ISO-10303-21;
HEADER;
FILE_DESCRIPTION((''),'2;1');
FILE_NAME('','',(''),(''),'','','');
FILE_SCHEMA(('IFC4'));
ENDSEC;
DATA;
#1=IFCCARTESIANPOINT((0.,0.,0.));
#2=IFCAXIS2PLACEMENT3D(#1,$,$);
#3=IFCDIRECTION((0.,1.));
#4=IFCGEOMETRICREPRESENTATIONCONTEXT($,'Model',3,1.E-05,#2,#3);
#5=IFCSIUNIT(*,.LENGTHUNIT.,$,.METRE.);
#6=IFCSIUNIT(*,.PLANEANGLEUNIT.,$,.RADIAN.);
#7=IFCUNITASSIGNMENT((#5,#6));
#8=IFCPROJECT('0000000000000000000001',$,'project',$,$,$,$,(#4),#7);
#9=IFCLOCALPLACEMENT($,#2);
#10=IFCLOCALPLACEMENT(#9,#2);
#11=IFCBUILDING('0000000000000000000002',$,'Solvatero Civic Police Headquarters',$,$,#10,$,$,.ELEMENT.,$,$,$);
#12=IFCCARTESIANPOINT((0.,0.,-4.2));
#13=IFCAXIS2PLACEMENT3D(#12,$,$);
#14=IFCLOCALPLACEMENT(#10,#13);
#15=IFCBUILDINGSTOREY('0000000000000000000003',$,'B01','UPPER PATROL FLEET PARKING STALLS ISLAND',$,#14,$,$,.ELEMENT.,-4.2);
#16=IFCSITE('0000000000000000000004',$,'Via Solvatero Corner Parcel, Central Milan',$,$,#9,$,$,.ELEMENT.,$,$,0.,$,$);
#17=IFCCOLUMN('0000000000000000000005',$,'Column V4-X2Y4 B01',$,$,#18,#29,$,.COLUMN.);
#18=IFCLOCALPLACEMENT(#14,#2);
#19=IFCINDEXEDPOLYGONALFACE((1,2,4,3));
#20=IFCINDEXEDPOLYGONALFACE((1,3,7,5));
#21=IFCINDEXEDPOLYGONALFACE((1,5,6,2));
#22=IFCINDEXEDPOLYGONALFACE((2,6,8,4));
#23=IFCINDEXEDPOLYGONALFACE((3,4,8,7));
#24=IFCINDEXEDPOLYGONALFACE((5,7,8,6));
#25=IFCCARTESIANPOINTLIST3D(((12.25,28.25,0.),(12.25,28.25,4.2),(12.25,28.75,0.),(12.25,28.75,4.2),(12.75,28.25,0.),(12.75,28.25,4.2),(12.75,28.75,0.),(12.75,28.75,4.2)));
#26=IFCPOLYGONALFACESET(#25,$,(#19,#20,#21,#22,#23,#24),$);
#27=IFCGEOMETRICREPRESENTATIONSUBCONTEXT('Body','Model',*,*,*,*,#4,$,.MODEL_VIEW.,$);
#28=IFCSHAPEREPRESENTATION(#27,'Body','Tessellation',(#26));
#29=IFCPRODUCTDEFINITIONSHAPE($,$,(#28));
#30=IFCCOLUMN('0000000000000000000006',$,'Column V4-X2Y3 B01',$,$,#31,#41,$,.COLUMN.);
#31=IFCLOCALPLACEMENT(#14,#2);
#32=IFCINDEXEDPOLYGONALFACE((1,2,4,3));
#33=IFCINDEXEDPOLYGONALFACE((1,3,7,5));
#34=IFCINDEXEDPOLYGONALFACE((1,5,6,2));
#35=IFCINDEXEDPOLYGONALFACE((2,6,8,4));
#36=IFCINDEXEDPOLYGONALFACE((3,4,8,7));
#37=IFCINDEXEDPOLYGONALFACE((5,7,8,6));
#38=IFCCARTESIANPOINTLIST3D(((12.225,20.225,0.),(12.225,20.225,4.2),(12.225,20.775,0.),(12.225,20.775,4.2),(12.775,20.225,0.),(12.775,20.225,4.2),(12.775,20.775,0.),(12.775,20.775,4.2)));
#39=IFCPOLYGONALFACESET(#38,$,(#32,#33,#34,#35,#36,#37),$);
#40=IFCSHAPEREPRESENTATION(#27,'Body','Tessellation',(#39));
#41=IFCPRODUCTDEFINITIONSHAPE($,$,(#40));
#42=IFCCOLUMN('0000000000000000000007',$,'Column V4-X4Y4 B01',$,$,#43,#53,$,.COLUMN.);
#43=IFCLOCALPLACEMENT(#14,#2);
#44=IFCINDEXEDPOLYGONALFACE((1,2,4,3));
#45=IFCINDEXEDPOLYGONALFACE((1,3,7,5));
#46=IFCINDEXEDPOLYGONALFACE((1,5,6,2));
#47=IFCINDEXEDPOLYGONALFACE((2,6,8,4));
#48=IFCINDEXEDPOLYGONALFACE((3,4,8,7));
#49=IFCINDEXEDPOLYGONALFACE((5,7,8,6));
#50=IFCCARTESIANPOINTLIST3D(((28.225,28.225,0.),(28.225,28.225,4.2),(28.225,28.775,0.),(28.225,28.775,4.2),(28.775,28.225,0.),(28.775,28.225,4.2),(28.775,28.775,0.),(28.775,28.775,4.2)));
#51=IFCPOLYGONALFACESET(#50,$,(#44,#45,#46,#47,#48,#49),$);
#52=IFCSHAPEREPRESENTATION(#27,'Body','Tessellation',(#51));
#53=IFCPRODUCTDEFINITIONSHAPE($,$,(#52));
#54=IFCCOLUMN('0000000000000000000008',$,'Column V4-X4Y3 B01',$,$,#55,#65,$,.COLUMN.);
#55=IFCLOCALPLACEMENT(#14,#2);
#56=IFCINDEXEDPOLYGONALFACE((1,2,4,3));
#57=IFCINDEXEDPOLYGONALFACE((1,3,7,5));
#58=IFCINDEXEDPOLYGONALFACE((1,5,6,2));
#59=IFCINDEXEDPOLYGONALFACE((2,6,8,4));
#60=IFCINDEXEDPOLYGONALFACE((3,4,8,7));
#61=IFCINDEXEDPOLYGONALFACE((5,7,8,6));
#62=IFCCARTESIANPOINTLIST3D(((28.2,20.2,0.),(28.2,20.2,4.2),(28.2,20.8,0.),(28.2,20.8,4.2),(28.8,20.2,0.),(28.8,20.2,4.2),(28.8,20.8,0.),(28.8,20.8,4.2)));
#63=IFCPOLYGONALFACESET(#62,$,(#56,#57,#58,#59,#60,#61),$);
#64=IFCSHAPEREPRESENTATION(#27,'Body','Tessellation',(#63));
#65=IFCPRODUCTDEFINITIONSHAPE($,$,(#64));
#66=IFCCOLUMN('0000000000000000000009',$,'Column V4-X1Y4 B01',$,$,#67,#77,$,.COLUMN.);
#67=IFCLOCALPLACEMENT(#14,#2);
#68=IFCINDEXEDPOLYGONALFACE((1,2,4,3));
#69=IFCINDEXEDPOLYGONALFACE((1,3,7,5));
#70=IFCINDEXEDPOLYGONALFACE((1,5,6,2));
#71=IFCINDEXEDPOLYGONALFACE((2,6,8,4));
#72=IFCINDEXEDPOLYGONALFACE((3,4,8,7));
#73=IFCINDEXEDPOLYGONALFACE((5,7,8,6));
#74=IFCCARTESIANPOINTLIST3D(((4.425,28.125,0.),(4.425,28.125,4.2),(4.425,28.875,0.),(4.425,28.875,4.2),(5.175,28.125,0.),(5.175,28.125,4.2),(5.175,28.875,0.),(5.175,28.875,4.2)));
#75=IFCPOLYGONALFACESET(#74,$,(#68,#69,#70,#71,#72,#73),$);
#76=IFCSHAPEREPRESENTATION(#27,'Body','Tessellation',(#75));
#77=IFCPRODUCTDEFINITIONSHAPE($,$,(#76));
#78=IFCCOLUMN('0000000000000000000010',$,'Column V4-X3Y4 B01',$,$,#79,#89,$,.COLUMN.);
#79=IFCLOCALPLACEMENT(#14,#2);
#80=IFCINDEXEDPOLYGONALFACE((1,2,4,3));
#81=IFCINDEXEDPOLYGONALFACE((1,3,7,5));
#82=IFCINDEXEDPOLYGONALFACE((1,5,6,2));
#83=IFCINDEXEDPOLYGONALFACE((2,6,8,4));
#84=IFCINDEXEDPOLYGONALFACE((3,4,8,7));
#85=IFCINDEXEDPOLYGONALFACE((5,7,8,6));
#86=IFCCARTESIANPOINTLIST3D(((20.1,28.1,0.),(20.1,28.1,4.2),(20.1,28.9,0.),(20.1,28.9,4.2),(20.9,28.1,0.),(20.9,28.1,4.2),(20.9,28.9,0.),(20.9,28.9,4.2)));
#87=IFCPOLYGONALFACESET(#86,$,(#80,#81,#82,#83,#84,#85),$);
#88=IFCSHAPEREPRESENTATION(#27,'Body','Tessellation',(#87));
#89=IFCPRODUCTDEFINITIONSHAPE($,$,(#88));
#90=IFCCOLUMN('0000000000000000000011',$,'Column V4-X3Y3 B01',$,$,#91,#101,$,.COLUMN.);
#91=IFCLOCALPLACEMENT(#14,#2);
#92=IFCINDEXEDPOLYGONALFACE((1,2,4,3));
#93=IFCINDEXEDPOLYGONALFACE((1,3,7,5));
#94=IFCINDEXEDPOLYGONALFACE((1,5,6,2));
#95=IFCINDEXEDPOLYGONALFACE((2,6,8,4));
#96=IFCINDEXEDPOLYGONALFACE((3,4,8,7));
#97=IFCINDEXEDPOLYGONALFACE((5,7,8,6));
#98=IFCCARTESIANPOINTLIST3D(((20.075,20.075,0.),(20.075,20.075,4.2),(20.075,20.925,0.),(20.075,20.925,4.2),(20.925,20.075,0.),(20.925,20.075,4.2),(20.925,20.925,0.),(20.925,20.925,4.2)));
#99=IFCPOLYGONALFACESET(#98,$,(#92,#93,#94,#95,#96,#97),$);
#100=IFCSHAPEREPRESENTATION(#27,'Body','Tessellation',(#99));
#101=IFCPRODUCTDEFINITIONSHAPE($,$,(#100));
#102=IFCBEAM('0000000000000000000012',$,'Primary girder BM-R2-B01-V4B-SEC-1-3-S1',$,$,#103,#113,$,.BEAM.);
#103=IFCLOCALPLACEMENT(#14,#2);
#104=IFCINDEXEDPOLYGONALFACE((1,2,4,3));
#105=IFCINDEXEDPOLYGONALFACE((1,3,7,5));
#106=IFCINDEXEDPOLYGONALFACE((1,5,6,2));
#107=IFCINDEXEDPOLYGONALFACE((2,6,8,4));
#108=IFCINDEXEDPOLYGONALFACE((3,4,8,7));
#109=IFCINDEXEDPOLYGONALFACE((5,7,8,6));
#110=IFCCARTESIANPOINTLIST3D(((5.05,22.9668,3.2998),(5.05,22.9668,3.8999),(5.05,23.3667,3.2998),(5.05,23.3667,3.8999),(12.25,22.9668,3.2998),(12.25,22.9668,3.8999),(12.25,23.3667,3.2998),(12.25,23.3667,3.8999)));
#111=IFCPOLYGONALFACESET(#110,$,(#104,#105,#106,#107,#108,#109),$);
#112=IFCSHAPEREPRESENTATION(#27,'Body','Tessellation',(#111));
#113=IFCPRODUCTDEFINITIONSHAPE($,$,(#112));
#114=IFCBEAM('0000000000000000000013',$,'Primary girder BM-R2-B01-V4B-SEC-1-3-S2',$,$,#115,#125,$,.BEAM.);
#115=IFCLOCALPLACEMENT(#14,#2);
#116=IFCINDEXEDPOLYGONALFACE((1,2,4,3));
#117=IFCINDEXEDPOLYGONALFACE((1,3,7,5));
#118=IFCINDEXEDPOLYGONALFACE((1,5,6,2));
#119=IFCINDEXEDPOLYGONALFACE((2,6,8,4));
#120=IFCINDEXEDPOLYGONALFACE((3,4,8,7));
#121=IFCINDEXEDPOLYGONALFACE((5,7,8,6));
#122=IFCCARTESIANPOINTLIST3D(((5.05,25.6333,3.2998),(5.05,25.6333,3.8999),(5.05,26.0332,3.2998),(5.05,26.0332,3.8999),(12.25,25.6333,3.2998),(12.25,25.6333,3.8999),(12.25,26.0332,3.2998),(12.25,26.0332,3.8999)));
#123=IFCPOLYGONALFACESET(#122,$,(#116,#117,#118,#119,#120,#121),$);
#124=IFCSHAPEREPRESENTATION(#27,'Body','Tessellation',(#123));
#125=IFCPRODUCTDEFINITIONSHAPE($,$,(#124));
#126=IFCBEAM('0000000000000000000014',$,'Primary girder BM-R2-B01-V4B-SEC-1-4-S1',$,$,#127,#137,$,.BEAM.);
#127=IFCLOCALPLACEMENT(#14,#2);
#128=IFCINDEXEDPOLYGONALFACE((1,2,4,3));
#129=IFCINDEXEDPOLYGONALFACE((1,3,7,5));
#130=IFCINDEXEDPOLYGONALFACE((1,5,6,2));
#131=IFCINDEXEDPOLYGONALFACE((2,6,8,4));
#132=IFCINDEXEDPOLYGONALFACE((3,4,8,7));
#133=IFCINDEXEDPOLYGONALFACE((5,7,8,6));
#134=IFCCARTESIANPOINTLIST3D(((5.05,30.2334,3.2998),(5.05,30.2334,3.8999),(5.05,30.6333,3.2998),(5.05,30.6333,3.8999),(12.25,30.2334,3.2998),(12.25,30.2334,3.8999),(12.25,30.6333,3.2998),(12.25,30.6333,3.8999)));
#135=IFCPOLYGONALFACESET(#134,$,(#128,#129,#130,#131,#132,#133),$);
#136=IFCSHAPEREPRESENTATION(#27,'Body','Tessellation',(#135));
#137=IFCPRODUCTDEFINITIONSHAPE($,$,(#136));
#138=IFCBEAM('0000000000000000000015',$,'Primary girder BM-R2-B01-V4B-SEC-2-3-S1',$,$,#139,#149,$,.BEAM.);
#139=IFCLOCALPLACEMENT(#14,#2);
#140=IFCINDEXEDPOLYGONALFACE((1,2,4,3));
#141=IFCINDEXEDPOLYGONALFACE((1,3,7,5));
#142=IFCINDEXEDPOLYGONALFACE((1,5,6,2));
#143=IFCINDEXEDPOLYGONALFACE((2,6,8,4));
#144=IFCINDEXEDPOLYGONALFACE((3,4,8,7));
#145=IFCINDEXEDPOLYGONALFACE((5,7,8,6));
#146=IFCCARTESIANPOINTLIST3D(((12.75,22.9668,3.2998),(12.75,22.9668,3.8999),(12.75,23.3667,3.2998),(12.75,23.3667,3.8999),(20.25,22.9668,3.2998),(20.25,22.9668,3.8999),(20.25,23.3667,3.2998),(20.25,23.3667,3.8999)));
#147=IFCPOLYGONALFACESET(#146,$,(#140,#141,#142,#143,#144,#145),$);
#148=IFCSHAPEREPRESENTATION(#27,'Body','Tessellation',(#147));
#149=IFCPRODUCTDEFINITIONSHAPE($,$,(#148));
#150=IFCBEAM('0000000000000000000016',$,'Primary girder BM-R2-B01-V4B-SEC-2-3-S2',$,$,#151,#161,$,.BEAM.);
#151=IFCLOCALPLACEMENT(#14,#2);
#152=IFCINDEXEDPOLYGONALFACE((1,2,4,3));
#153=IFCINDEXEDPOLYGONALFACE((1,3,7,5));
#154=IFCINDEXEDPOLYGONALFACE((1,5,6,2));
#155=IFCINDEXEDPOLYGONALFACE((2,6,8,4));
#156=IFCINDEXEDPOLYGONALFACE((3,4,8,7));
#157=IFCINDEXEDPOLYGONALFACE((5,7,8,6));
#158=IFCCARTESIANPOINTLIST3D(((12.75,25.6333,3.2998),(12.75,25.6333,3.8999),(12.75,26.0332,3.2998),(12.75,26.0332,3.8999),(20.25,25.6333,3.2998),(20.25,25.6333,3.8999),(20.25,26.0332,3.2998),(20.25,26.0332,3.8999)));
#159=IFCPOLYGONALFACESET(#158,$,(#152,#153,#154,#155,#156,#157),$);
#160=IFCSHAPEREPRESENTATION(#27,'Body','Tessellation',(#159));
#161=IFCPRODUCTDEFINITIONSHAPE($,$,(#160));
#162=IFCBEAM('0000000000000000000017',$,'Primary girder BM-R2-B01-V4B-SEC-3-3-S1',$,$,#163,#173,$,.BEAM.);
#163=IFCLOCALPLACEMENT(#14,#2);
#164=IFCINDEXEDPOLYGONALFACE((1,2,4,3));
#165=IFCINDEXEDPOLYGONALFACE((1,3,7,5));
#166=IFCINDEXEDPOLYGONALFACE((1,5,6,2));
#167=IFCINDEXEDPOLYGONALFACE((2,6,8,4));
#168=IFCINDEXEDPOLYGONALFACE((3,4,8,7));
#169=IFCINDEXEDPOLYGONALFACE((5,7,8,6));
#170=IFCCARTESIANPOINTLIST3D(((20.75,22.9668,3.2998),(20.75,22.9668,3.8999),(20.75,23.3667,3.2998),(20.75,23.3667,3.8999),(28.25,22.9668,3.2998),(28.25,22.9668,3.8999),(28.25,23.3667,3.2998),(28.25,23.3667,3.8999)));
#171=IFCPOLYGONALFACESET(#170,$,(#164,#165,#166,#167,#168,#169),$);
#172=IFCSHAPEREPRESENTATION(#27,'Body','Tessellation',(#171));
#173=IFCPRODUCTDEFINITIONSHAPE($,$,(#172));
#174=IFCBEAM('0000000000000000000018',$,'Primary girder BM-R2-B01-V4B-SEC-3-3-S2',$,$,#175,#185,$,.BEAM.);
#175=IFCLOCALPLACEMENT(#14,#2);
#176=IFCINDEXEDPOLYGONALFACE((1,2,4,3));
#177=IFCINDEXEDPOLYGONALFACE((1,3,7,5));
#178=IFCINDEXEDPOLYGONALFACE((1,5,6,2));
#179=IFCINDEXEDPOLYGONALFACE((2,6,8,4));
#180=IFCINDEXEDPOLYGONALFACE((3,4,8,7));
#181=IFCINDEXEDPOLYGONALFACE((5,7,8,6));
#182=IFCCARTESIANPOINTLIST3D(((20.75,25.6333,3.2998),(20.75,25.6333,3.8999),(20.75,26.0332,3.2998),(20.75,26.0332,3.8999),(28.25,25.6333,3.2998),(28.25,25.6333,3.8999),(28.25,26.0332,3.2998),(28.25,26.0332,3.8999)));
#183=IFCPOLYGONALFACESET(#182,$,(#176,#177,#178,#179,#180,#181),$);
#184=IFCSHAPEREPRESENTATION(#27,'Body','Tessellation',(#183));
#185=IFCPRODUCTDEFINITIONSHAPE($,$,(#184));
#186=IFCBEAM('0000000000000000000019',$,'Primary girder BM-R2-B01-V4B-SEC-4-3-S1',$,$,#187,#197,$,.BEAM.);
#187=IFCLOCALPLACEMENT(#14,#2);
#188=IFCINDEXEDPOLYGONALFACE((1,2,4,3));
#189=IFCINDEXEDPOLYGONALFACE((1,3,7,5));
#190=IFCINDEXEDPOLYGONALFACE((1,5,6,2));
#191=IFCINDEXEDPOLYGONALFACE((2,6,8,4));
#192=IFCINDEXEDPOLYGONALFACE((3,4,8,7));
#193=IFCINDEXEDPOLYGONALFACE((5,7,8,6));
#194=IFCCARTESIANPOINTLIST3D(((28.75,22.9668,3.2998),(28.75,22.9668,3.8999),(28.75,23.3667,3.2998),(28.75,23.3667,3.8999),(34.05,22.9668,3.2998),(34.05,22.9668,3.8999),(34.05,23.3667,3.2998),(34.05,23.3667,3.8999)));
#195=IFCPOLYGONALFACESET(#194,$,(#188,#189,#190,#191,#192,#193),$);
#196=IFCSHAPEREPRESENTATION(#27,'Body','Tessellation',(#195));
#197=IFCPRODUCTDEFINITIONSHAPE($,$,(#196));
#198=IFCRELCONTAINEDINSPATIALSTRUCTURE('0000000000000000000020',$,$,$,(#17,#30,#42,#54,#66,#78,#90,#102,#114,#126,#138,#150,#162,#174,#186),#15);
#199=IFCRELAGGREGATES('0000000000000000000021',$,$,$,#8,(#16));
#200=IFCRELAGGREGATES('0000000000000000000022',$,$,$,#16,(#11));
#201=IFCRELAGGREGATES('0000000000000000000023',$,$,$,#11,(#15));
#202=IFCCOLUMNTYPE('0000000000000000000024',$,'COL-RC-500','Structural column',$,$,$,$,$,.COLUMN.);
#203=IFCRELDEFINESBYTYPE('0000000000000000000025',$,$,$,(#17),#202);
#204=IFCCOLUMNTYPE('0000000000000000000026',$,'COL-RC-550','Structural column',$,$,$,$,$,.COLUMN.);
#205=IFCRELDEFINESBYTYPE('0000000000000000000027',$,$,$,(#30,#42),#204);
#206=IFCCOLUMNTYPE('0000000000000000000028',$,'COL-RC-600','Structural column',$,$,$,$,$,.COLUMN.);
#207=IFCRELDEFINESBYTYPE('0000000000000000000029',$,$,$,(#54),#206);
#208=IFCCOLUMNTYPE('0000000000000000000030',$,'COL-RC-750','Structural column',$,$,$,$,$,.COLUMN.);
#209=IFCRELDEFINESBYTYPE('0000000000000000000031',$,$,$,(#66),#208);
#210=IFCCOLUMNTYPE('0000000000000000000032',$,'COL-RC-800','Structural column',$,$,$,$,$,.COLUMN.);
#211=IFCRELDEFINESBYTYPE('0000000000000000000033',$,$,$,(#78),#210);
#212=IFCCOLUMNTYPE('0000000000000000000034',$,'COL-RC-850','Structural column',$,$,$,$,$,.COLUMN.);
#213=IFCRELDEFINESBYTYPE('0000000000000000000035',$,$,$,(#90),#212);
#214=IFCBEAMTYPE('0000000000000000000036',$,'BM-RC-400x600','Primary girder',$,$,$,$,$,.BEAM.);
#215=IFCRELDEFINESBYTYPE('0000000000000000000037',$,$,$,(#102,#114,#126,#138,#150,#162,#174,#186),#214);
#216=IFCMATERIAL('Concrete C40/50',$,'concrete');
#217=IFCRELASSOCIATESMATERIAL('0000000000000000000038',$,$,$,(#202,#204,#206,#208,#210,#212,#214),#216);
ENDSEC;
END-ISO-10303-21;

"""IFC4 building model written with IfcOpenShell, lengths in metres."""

from ifc_helpers import new_model, si_unit, direction, frame, origin, origin_2d, place, context, subcontext, project, spatial, rectangle, extrude, material, material_profile, profile_set, type_object, element, save


model = new_model("IFC4")

# Units and contexts
model_context = context("Model", 3, precision=1e-05, world=origin(), true_north=direction((0.0, 1.0)))
body_context = subcontext(model_context, "Body", "Model", "MODEL_VIEW")
ifc_project = project(units=[si_unit("LENGTHUNIT", "METRE"), si_unit("PLANEANGLEUNIT", "RADIAN")], contexts=[model_context])

# Site, building, storey
site_placement = place(None, origin())
site = spatial("IfcSite", under=ifc_project, at=site_placement, Name="Via Solvatero Corner Parcel, Central Milan", CompositionType="ELEMENT", RefElevation=0.0)
building_placement = place(site_placement, origin())
building = spatial("IfcBuilding", under=site, at=building_placement, Name="Solvatero Civic Police Headquarters", CompositionType="ELEMENT")
storey_placement = place(building_placement, frame((0.0, 0.0, -4.2)))
storey = spatial("IfcBuildingStorey", under=building, at=storey_placement, Name="B01", Description="UPPER PATROL FLEET PARKING STALLS ISLAND", CompositionType="ELEMENT", Elevation=-4.2)

# Columns
ifc_material = material(Name="Concrete C40/50", Category="concrete")
ifc_material_profile_1 = material_profile(ifc_material, rectangle(XDim=0.5, YDim=0.5, at=origin_2d()), Name="RC 500x500")
ifc_profile_set_1 = profile_set([ifc_material_profile_1], Name="Concrete C40/50")
column_type_1 = type_object("IfcColumnType", Name="COL-RC-500", Description="Structural column", PredefinedType="COLUMN", material=ifc_profile_set_1)
column_1_placement = place(storey_placement, frame((12.5, 28.5, 0.0), z_axis=(0.0, 0.0, 1.0), x_axis=(1.0, 0.0, 0.0)))
element("IfcColumn", 1, at=column_1_placement, inside=storey, type_object=column_type_1, Name="Column V4-X2Y4 B01", PredefinedType="COLUMN", context=body_context, shape_type="SweptSolid", body=[
    extrude(rectangle(XDim=0.5, YDim=0.5, at=origin_2d()), origin(), (0.0, 0.0, 1.0), 4.2),
])
ifc_material_profile_2 = material_profile(ifc_material, rectangle(XDim=0.55, YDim=0.55, at=origin_2d()), Name="RC 550x550")
ifc_profile_set_2 = profile_set([ifc_material_profile_2], Name="Concrete C40/50")
column_type_2 = type_object("IfcColumnType", Name="COL-RC-550", Description="Structural column", PredefinedType="COLUMN", material=ifc_profile_set_2)
for number, where, z_axis, x_axis, name in (
    (2, (12.5, 20.5, 0.0), (0.0, 0.0, 1.0), (1.0, 0.0, 0.0), "Column V4-X2Y3 B01"),
    (3, (28.5, 28.5, 0.0), (0.0, 0.0, 1.0), (1.0, 0.0, 0.0), "Column V4-X4Y4 B01"),
):
    element("IfcColumn", number, at=place(storey_placement, frame(where, z_axis=z_axis, x_axis=x_axis)), inside=storey, type_object=column_type_2, Name=name, PredefinedType="COLUMN", context=body_context, shape_type="SweptSolid", body=[
        extrude(rectangle(XDim=0.55, YDim=0.55, at=origin_2d()), origin(), (0.0, 0.0, 1.0), 4.2),
    ])
ifc_material_profile_3 = material_profile(ifc_material, rectangle(XDim=0.6001, YDim=0.6001, at=origin_2d()), Name="RC 600x600")
ifc_profile_set_3 = profile_set([ifc_material_profile_3], Name="Concrete C40/50")
column_type_3 = type_object("IfcColumnType", Name="COL-RC-600", Description="Structural column", PredefinedType="COLUMN", material=ifc_profile_set_3)
column_2_placement = place(storey_placement, frame((28.5, 20.5, 0.0), z_axis=(0.0, 0.0, 1.0), x_axis=(1.0, 0.0, 0.0)))
element("IfcColumn", 4, at=column_2_placement, inside=storey, type_object=column_type_3, Name="Column V4-X4Y3 B01", PredefinedType="COLUMN", context=body_context, shape_type="SweptSolid", body=[
    extrude(rectangle(XDim=0.6001, YDim=0.6001, at=origin_2d()), origin(), (0.0, 0.0, 1.0), 4.2),
])
ifc_material_profile_4 = material_profile(ifc_material, rectangle(XDim=0.75, YDim=0.75, at=origin_2d()), Name="RC 750x750")
ifc_profile_set_4 = profile_set([ifc_material_profile_4], Name="Concrete C40/50")
column_type_4 = type_object("IfcColumnType", Name="COL-RC-750", Description="Structural column", PredefinedType="COLUMN", material=ifc_profile_set_4)
column_3_placement = place(storey_placement, frame((4.8, 28.5, 0.0), z_axis=(0.0, 0.0, 1.0), x_axis=(1.0, 0.0, 0.0)))
element("IfcColumn", 5, at=column_3_placement, inside=storey, type_object=column_type_4, Name="Column V4-X1Y4 B01", PredefinedType="COLUMN", context=body_context, shape_type="SweptSolid", body=[
    extrude(rectangle(XDim=0.75, YDim=0.75, at=origin_2d()), origin(), (0.0, 0.0, 1.0), 4.2),
])
ifc_material_profile_5 = material_profile(ifc_material, rectangle(XDim=0.8, YDim=0.8, at=origin_2d()), Name="RC 800x800")
ifc_profile_set_5 = profile_set([ifc_material_profile_5], Name="Concrete C40/50")
column_type_5 = type_object("IfcColumnType", Name="COL-RC-800", Description="Structural column", PredefinedType="COLUMN", material=ifc_profile_set_5)
column_4_placement = place(storey_placement, frame((20.5, 28.5, 0.0), z_axis=(0.0, 0.0, 1.0), x_axis=(1.0, 0.0, 0.0)))
element("IfcColumn", 6, at=column_4_placement, inside=storey, type_object=column_type_5, Name="Column V4-X3Y4 B01", PredefinedType="COLUMN", context=body_context, shape_type="SweptSolid", body=[
    extrude(rectangle(XDim=0.8, YDim=0.8, at=origin_2d()), origin(), (0.0, 0.0, 1.0), 4.2),
])
ifc_material_profile_6 = material_profile(ifc_material, rectangle(XDim=0.8501, YDim=0.8501, at=origin_2d()), Name="RC 850x850")
ifc_profile_set_6 = profile_set([ifc_material_profile_6], Name="Concrete C40/50")
column_type_6 = type_object("IfcColumnType", Name="COL-RC-850", Description="Structural column", PredefinedType="COLUMN", material=ifc_profile_set_6)
column_5_placement = place(storey_placement, frame((20.5, 20.5, 0.0), z_axis=(0.0, 0.0, 1.0), x_axis=(1.0, 0.0, 0.0)))
element("IfcColumn", 7, at=column_5_placement, inside=storey, type_object=column_type_6, Name="Column V4-X3Y3 B01", PredefinedType="COLUMN", context=body_context, shape_type="SweptSolid", body=[
    extrude(rectangle(XDim=0.8501, YDim=0.8501, at=origin_2d()), origin(), (0.0, 0.0, 1.0), 4.2),
])

# Beams
ifc_material_profile_7 = material_profile(ifc_material, rectangle(XDim=0.3999, YDim=0.6001, at=origin_2d()), Name="RC 400x600")
ifc_profile_set_7 = profile_set([ifc_material_profile_7], Name="Concrete C40/50")
beam_type_1 = type_object("IfcBeamType", Name="BM-RC-400x600", Description="Primary girder", PredefinedType="BEAM", material=ifc_profile_set_7)
for number, where, z_axis, x_axis, name in (
    (8, (5.05, 23.1667, 3.5999), (1.0, 0.0, 0.0), (0.0, 1.0, 0.0), "Primary girder BM-R2-B01-V4B-SEC-1-3-S1"),
    (9, (5.05, 25.8333, 3.5999), (1.0, 0.0, 0.0), (0.0, 1.0, 0.0), "Primary girder BM-R2-B01-V4B-SEC-1-3-S2"),
    (10, (5.05, 30.4333, 3.5999), (1.0, 0.0, 0.0), (0.0, 1.0, 0.0), "Primary girder BM-R2-B01-V4B-SEC-1-4-S1"),
):
    element("IfcBeam", number, at=place(storey_placement, frame(where, z_axis=z_axis, x_axis=x_axis)), inside=storey, type_object=beam_type_1, Name=name, PredefinedType="BEAM", context=body_context, shape_type="SweptSolid", body=[
        extrude(rectangle(XDim=0.3999, YDim=0.6001, at=origin_2d()), origin(), (0.0, 0.0, 1.0), 7.2),
    ])
for number, where, z_axis, x_axis, name in (
    (11, (12.75, 23.1667, 3.5999), (1.0, 0.0, 0.0), (0.0, 1.0, 0.0), "Primary girder BM-R2-B01-V4B-SEC-2-3-S1"),
    (12, (12.75, 25.8333, 3.5999), (1.0, 0.0, 0.0), (0.0, 1.0, 0.0), "Primary girder BM-R2-B01-V4B-SEC-2-3-S2"),
    (13, (20.75, 23.1667, 3.5999), (1.0, 0.0, 0.0), (0.0, 1.0, 0.0), "Primary girder BM-R2-B01-V4B-SEC-3-3-S1"),
    (14, (20.75, 25.8333, 3.5999), (1.0, 0.0, 0.0), (0.0, 1.0, 0.0), "Primary girder BM-R2-B01-V4B-SEC-3-3-S2"),
):
    element("IfcBeam", number, at=place(storey_placement, frame(where, z_axis=z_axis, x_axis=x_axis)), inside=storey, type_object=beam_type_1, Name=name, PredefinedType="BEAM", context=body_context, shape_type="SweptSolid", body=[
        extrude(rectangle(XDim=0.3999, YDim=0.6001, at=origin_2d()), origin(), (0.0, 0.0, 1.0), 7.5),
    ])
beam_1_placement = place(storey_placement, frame((28.75, 23.1667, 3.5999), z_axis=(1.0, 0.0, 0.0), x_axis=(0.0, 1.0, 0.0)))
element("IfcBeam", 15, at=beam_1_placement, inside=storey, type_object=beam_type_1, Name="Primary girder BM-R2-B01-V4B-SEC-4-3-S1", PredefinedType="BEAM", context=body_context, shape_type="SweptSolid", body=[
    extrude(rectangle(XDim=0.3999, YDim=0.6001, at=origin_2d()), origin(), (0.0, 0.0, 1.0), 5.3),
])

save(model, "model.ifc")
